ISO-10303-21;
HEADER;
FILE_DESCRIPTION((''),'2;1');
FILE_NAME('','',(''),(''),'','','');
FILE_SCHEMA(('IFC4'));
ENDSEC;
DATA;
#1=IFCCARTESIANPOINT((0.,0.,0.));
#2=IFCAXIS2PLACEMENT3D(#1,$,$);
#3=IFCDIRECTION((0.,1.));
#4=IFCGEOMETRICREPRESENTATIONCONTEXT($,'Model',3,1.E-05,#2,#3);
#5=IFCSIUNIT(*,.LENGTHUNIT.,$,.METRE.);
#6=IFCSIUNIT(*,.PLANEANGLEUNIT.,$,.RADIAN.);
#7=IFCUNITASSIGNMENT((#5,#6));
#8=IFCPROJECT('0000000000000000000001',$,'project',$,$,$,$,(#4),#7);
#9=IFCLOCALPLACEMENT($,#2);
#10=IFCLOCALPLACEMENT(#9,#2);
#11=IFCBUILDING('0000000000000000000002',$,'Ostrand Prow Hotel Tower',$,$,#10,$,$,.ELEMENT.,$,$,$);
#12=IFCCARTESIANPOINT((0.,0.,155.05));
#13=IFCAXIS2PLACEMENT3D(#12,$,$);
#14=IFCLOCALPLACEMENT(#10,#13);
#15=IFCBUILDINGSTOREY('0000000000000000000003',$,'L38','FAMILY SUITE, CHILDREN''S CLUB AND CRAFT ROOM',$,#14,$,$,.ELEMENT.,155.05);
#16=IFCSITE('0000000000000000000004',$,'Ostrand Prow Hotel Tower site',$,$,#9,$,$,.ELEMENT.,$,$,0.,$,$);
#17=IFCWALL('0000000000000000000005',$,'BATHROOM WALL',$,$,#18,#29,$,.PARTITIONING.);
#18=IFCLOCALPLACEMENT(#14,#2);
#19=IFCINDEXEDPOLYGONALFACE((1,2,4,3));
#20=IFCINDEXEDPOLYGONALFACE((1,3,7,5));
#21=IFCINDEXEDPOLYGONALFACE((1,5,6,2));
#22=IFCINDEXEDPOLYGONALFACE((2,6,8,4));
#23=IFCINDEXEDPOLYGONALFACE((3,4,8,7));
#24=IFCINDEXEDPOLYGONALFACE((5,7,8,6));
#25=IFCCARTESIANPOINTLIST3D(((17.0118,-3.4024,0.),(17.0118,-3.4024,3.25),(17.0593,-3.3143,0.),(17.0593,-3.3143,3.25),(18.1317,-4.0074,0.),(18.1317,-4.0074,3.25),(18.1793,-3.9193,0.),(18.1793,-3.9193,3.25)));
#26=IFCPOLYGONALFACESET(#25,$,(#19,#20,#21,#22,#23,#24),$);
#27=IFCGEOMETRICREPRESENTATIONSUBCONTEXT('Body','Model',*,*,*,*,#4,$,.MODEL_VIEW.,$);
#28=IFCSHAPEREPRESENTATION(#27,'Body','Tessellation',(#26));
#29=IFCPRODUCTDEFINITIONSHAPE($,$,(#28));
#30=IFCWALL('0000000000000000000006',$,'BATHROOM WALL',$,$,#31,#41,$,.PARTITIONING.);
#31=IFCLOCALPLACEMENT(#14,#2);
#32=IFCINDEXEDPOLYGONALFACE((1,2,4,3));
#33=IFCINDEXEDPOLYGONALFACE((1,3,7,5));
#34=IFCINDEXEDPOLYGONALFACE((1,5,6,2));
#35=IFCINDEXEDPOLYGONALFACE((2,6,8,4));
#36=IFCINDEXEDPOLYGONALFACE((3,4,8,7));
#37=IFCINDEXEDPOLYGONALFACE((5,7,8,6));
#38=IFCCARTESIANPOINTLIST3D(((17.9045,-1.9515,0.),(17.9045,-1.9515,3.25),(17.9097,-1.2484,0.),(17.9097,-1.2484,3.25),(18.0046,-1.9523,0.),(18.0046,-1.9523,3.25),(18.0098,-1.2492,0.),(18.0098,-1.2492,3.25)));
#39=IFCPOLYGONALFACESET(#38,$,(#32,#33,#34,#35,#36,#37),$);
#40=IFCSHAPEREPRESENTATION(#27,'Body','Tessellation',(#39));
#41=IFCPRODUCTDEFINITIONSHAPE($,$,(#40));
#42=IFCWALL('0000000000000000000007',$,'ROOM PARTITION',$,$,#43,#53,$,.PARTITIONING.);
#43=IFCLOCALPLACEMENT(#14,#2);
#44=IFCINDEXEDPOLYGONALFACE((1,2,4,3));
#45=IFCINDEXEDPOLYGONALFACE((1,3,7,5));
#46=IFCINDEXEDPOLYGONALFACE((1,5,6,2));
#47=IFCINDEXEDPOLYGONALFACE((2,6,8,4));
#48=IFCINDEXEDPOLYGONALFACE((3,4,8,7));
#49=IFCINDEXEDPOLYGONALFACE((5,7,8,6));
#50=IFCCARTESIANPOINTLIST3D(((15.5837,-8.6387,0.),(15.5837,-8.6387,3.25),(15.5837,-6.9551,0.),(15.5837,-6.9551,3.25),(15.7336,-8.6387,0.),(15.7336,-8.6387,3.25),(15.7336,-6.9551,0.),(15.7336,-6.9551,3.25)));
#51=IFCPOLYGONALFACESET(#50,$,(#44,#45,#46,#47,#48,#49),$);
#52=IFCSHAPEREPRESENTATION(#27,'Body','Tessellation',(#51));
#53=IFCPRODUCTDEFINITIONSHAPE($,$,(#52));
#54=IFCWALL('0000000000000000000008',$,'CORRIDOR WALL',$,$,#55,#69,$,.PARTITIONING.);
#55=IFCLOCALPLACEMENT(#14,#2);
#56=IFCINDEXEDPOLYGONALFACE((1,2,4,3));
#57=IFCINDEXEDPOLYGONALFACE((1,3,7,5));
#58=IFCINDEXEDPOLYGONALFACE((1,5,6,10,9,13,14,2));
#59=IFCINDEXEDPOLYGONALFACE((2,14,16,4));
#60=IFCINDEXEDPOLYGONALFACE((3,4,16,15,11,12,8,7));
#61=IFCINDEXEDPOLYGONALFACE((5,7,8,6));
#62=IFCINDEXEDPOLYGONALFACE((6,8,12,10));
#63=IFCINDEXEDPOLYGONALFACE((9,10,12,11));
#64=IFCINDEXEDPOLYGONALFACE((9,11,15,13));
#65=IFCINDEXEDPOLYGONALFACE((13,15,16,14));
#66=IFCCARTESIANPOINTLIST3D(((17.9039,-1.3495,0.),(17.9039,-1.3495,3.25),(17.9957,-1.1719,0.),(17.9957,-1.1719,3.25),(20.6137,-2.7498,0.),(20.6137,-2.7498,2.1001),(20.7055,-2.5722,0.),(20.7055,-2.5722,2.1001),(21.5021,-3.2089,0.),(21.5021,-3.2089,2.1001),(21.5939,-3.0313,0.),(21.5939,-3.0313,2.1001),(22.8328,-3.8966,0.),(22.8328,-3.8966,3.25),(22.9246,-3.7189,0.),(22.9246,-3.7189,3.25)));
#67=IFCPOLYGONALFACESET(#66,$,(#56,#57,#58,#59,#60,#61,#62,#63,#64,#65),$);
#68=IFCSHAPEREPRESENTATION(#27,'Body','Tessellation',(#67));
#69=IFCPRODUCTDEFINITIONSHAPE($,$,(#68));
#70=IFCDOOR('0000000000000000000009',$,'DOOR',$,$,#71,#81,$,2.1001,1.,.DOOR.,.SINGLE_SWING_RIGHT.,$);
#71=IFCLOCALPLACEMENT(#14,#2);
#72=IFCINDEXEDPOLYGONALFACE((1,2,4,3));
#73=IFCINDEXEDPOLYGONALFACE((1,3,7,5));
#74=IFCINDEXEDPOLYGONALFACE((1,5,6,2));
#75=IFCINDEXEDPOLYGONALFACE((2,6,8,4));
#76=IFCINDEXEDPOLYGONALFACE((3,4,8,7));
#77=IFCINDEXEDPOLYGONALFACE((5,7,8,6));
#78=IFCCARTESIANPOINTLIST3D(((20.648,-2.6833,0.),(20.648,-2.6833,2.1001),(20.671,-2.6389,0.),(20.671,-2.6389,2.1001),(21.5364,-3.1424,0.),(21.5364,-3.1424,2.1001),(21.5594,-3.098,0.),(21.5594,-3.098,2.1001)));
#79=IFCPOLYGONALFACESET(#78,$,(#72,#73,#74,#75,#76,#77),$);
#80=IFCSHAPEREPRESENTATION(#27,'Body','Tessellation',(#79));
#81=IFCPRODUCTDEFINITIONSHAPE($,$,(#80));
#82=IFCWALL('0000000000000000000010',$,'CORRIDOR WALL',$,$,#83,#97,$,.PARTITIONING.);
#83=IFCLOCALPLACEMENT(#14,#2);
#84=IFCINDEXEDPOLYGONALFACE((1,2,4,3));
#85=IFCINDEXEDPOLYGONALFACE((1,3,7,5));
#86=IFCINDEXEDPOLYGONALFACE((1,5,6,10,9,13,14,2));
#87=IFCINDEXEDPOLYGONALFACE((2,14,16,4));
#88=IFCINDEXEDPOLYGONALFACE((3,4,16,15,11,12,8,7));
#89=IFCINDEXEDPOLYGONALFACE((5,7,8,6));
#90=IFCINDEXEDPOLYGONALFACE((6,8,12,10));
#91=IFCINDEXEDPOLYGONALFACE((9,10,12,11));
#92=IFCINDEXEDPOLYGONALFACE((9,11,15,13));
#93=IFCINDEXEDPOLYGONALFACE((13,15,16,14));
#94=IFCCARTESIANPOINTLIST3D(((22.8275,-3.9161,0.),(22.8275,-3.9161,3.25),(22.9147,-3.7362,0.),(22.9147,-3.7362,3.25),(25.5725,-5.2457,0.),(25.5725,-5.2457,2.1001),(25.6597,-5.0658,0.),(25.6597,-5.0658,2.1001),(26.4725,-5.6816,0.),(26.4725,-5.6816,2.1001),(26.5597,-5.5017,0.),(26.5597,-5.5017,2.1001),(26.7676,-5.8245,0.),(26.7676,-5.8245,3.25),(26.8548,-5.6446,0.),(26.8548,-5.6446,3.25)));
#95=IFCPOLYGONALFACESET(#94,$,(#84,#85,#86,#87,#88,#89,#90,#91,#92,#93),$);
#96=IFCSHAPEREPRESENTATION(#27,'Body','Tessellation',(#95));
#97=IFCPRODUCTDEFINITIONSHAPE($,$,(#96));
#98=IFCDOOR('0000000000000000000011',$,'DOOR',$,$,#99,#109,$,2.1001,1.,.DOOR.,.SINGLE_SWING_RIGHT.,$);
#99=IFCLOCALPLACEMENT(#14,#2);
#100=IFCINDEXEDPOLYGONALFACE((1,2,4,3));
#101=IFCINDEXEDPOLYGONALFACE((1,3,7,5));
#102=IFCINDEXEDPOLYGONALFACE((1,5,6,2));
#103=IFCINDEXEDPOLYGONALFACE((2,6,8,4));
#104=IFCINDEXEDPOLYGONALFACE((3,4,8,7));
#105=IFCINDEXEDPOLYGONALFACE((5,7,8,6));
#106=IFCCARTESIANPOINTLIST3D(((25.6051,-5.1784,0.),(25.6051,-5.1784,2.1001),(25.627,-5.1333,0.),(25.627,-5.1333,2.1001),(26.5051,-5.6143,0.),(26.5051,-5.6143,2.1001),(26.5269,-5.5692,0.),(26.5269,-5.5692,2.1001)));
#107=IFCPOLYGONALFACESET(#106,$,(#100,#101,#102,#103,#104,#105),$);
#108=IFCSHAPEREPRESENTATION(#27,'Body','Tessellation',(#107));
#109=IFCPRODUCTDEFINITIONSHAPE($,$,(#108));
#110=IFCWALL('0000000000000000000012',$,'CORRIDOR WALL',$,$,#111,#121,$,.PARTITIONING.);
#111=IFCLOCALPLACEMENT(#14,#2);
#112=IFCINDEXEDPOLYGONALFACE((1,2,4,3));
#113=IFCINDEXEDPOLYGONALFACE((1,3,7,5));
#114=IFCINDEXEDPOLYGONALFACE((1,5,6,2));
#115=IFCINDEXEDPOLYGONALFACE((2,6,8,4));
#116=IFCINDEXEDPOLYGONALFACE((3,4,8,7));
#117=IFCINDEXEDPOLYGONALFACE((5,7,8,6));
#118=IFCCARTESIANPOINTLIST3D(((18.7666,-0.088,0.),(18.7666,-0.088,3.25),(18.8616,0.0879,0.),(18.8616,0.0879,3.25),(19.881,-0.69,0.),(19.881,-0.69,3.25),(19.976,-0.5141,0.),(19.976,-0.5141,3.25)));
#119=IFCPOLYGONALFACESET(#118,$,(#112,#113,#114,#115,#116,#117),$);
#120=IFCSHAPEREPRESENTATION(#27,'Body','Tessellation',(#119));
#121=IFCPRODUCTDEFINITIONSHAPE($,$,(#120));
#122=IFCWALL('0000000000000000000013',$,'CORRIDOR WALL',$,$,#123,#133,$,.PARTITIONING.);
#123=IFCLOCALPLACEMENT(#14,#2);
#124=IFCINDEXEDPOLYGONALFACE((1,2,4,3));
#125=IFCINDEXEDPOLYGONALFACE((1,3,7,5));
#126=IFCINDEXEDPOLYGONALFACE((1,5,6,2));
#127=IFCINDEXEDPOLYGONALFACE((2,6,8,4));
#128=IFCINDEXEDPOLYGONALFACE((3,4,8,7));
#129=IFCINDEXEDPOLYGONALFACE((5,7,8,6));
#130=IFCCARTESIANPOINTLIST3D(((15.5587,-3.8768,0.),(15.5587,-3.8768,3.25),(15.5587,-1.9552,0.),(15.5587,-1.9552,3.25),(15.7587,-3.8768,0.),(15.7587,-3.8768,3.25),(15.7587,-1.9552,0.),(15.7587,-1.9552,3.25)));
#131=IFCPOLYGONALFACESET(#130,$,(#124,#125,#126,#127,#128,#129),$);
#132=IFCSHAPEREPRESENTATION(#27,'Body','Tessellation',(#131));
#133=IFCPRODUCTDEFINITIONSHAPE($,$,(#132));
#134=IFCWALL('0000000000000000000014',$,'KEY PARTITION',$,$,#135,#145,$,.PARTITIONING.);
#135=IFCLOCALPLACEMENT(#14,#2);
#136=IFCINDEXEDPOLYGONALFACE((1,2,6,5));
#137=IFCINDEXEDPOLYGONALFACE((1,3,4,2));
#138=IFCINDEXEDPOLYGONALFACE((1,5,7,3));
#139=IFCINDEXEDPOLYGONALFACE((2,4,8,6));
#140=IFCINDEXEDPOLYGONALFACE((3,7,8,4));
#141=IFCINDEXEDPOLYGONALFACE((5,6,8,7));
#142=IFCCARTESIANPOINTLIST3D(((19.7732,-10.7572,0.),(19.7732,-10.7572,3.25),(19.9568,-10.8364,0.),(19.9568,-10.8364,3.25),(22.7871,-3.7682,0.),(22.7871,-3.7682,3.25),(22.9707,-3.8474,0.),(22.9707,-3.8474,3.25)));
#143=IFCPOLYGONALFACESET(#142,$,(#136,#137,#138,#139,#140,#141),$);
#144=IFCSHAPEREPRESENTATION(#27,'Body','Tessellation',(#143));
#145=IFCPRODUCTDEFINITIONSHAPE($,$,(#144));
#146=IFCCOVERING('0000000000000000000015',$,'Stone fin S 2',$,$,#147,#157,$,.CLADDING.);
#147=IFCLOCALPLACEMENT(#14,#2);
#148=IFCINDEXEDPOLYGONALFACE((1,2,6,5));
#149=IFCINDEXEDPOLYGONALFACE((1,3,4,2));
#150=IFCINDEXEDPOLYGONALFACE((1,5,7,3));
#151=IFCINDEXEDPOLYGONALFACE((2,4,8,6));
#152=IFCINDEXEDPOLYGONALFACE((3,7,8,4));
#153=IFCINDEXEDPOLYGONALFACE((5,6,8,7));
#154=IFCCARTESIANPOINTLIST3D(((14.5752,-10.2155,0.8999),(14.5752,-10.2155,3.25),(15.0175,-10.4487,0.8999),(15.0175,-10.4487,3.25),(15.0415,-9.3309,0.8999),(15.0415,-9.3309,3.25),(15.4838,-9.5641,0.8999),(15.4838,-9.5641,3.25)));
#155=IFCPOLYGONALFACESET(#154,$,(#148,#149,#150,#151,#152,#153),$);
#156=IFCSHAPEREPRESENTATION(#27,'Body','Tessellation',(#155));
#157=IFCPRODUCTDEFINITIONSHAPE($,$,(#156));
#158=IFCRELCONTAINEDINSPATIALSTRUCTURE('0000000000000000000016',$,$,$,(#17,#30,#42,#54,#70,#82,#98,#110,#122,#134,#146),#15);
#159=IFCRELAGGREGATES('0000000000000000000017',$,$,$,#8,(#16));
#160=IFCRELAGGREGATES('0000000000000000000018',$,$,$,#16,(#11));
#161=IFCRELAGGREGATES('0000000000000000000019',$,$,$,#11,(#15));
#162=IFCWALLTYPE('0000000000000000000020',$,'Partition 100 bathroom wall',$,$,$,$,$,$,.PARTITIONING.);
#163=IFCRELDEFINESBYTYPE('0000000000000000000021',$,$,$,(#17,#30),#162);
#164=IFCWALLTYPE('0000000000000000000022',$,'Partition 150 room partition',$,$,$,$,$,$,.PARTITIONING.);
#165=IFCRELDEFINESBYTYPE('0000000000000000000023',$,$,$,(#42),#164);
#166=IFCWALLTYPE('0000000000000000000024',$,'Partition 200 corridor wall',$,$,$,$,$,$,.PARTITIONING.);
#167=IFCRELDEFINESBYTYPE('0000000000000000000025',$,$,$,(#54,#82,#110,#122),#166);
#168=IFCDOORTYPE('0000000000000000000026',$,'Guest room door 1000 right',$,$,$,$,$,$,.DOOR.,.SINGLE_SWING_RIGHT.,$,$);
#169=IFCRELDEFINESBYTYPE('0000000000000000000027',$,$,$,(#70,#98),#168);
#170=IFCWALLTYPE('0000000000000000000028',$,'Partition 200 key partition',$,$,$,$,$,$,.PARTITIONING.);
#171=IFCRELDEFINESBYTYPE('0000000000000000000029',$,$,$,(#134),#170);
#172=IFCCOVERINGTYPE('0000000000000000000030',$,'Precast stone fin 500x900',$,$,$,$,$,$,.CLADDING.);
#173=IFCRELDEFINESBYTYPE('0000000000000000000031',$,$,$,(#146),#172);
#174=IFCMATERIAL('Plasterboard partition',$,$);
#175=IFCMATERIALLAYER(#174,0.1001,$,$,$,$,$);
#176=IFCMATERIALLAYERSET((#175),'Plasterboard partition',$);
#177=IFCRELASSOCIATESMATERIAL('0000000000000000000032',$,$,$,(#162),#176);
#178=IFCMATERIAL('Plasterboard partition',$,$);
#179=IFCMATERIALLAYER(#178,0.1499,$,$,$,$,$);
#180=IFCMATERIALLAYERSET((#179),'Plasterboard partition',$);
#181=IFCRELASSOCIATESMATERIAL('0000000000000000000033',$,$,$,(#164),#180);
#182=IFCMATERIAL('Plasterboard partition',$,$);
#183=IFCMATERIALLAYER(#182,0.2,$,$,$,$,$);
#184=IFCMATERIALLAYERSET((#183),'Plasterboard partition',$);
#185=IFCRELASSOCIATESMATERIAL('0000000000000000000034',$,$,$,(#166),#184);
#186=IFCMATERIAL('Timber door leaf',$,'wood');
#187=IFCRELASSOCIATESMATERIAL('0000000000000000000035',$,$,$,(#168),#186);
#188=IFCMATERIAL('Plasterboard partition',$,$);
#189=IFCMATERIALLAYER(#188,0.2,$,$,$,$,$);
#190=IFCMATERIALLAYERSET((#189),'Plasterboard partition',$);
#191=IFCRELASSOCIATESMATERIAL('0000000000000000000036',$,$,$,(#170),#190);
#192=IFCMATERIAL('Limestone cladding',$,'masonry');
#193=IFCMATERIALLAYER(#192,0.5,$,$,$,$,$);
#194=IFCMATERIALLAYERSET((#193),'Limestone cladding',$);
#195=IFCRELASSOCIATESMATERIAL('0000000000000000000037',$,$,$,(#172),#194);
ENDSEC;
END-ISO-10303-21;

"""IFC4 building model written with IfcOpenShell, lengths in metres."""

from ifc_helpers import new_model, si_unit, direction, frame, frame_2d, origin, place, context, subcontext, project, spatial, rectangle, extrude, material, layer, layer_set, type_object, element, fill, save


model = new_model("IFC4")

# Units and contexts
model_context = context("Model", 3, precision=1e-05, world=origin(), true_north=direction((0.0, 1.0)))
body_context = subcontext(model_context, "Body", "Model", "MODEL_VIEW")
ifc_project = project(units=[si_unit("LENGTHUNIT", "METRE"), si_unit("PLANEANGLEUNIT", "RADIAN")], contexts=[model_context])

# Site, building, storey
site_placement = place(None, origin())
site = spatial("IfcSite", under=ifc_project, at=site_placement, Name="Ostrand Prow Hotel Tower site", CompositionType="ELEMENT", RefElevation=0.0)
building_placement = place(site_placement, origin())
building = spatial("IfcBuilding", under=site, at=building_placement, Name="Ostrand Prow Hotel Tower", CompositionType="ELEMENT")
storey_placement = place(building_placement, frame((0.0, 0.0, 155.05)))
storey = spatial("IfcBuildingStorey", under=building, at=storey_placement, Name="L38", Description="FAMILY SUITE, CHILDREN'S CLUB AND CRAFT ROOM", CompositionType="ELEMENT", Elevation=155.05)

# Shared definitions
ifc_material_1 = material(Name="Plasterboard partition")
ifc_layer_1 = layer(ifc_material_1, 0.1001)
ifc_layer_set_1 = layer_set([ifc_layer_1], Name="Plasterboard partition")
wall_type_1 = type_object("IfcWallType", Name="Partition 100 bathroom wall", PredefinedType="PARTITIONING", material=ifc_layer_set_1)

# Walls
wall_1_placement = place(storey_placement, frame((18.1555, -3.9634, 0.0), z_axis=(0.0, 0.0, 1.0), x_axis=(-0.879824, 0.4753, 0.0)))
element("IfcWall", 1, at=wall_1_placement, inside=storey, type_object=wall_type_1, Name="BATHROOM WALL", PredefinedType="PARTITIONING", context=body_context, shape_type="SweptSolid", body=[
    extrude(rectangle(XDim=1.2729, YDim=0.1001, at=frame_2d((0.6365, 0.0))), origin(), (0.0, 0.0, 1.0), 3.25),
])
wall_2_placement = place(storey_placement, frame((17.9546, -1.9519, 0.0), z_axis=(0.0, 0.0, 1.0), x_axis=(0.007291, 0.999973, 0.0)))
element("IfcWall", 2, at=wall_2_placement, inside=storey, type_object=wall_type_1, Name="BATHROOM WALL", PredefinedType="PARTITIONING", context=body_context, shape_type="SweptSolid", body=[
    extrude(rectangle(XDim=0.7031, YDim=0.1001, at=frame_2d((0.3516, 0.0))), origin(), (0.0, 0.0, 1.0), 3.25),
])
ifc_material_2 = material(Name="Plasterboard partition")
ifc_layer_2 = layer(ifc_material_2, 0.1499)
ifc_layer_set_2 = layer_set([ifc_layer_2], Name="Plasterboard partition")
wall_type_2 = type_object("IfcWallType", Name="Partition 150 room partition", PredefinedType="PARTITIONING", material=ifc_layer_set_2)
wall_3_placement = place(storey_placement, frame((15.6587, -6.9551, 0.0), z_axis=(0.0, 0.0, 1.0), x_axis=(0.0, -1.0, 0.0)))
element("IfcWall", 3, at=wall_3_placement, inside=storey, type_object=wall_type_2, Name="ROOM PARTITION", PredefinedType="PARTITIONING", context=body_context, shape_type="SweptSolid", body=[
    extrude(rectangle(XDim=1.6836, YDim=0.1499, at=frame_2d((0.8418, 0.0))), origin(), (0.0, 0.0, 1.0), 3.25),
])

# Walls, openings, doors
ifc_material_3 = material(Name="Plasterboard partition")
ifc_layer_3 = layer(ifc_material_3, 0.2)
ifc_layer_set_3 = layer_set([ifc_layer_3], Name="Plasterboard partition")
wall_type_3 = type_object("IfcWallType", Name="Partition 200 corridor wall", PredefinedType="PARTITIONING", material=ifc_layer_set_3)
wall_4_placement = place(storey_placement, frame((17.95, -1.2607, 0.0), z_axis=(0.0, 0.0, 1.0), x_axis=(0.88839, -0.45909, 0.0)))
wall_4 = element("IfcWall", 4, at=wall_4_placement, inside=storey, type_object=wall_type_3, Name="CORRIDOR WALL", PredefinedType="PARTITIONING", context=body_context, shape_type="SweptSolid", body=[
    extrude(rectangle(XDim=5.5481, YDim=0.2, at=frame_2d((2.7739, 0.0))), origin(), (0.0, 0.0, 1.0), 3.25),
])
opening_1_placement = place(wall_4_placement, frame((3.05, 0.0, 0.0)))
opening_1 = element("IfcOpeningElement", 5, at=opening_1_placement, cuts=wall_4, PredefinedType="OPENING", context=body_context, shape_type="SweptSolid", body=[
    extrude(rectangle(XDim=1.0, YDim=2.1001, at=frame_2d((0.5, 1.05))), frame((0.0, 0.1099, 0.0), z_axis=(0.0, -1.0, 0.0), x_axis=(1.0, 0.0, 0.0)), (0.0, 0.0, 1.0), 0.22),
])
ifc_material_4 = material(Name="Timber door leaf", Category="wood")
door_type_1 = type_object("IfcDoorType", Name="Guest room door 1000 right", OperationType="SINGLE_SWING_RIGHT", PredefinedType="DOOR", material=ifc_material_4)
door_1_placement = place(opening_1_placement, origin())
door_1 = element("IfcDoor", 6, at=door_1_placement, inside=storey, type_object=door_type_1, Name="DOOR", OperationType="SINGLE_SWING_RIGHT", OverallHeight=2.1001, OverallWidth=1.0, PredefinedType="DOOR", context=body_context, shape_type="SweptSolid", body=[
    extrude(rectangle(XDim=1.0, YDim=2.1001, at=frame_2d((0.5, 1.05))), frame((0.0, 0.0249, 0.0), z_axis=(0.0, -1.0, 0.0), x_axis=(1.0, 0.0, 0.0)), (0.0, 0.0, 1.0), 0.05),
])
fill(opening_1, door_1)
wall_5_placement = place(storey_placement, frame((22.8711, -3.8262, 0.0), z_axis=(0.0, 0.0, 1.0), x_axis=(0.899989, -0.435914, 0.0)))
wall_5 = element("IfcWall", 7, at=wall_5_placement, inside=storey, type_object=wall_type_3, Name="CORRIDOR WALL", PredefinedType="PARTITIONING", context=body_context, shape_type="SweptSolid", body=[
    extrude(rectangle(XDim=4.3779, YDim=0.2, at=frame_2d((2.189, 0.0))), origin(), (0.0, 0.0, 1.0), 3.25),
])
opening_2_placement = place(wall_5_placement, frame((3.05, 0.0, 0.0)))
opening_2 = element("IfcOpeningElement", 8, at=opening_2_placement, cuts=wall_5, PredefinedType="OPENING", context=body_context, shape_type="SweptSolid", body=[
    extrude(rectangle(XDim=1.0, YDim=2.1001, at=frame_2d((0.5, 1.05))), frame((0.0, 0.1099, 0.0), z_axis=(0.0, -1.0, 0.0), x_axis=(1.0, 0.0, 0.0)), (0.0, 0.0, 1.0), 0.22),
])
door_2_placement = place(opening_2_placement, origin())
door_2 = element("IfcDoor", 9, at=door_2_placement, inside=storey, type_object=door_type_1, Name="DOOR", OperationType="SINGLE_SWING_RIGHT", OverallHeight=2.1001, OverallWidth=1.0, PredefinedType="DOOR", context=body_context, shape_type="SweptSolid", body=[
    extrude(rectangle(XDim=1.0, YDim=2.1001, at=frame_2d((0.5, 1.05))), frame((0.0, 0.0249, 0.0), z_axis=(0.0, -1.0, 0.0), x_axis=(1.0, 0.0, 0.0)), (0.0, 0.0, 1.0), 0.05),
])
fill(opening_2, door_2)

# Walls
wall_6_placement = place(storey_placement, frame((19.9285, -0.6021, 0.0), z_axis=(0.0, 0.0, 1.0), x_axis=(-0.879833, 0.475283, 0.0)))
element("IfcWall", 10, at=wall_6_placement, inside=storey, type_object=wall_type_3, Name="CORRIDOR WALL", PredefinedType="PARTITIONING", context=body_context, shape_type="SweptSolid", body=[
    extrude(rectangle(XDim=1.2666, YDim=0.2, at=frame_2d((0.6333, 0.0))), origin(), (0.0, 0.0, 1.0), 3.25),
])
wall_7_placement = place(storey_placement, frame((15.6587, -1.9551, 0.0), z_axis=(0.0, 0.0, 1.0), x_axis=(0.0, -1.0, 0.0)))
element("IfcWall", 11, at=wall_7_placement, inside=storey, type_object=wall_type_3, Name="CORRIDOR WALL", PredefinedType="PARTITIONING", context=body_context, shape_type="SweptSolid", body=[
    extrude(rectangle(XDim=1.9216, YDim=0.2, at=frame_2d((0.9609, 0.0))), origin(), (0.0, 0.0, 1.0), 3.25),
])
ifc_material_5 = material(Name="Plasterboard partition")
ifc_layer_4 = layer(ifc_material_5, 0.2)
ifc_layer_set_4 = layer_set([ifc_layer_4], Name="Plasterboard partition")
wall_type_4 = type_object("IfcWallType", Name="Partition 200 key partition", PredefinedType="PARTITIONING", material=ifc_layer_set_4)
wall_8_placement = place(storey_placement, frame((19.865, -10.7969, 0.0), z_axis=(0.0, 0.0, 1.0), x_axis=(0.395986, 0.918257, 0.0)))
element("IfcWall", 12, at=wall_8_placement, inside=storey, type_object=wall_type_4, Name="KEY PARTITION", PredefinedType="PARTITIONING", context=body_context, shape_type="SweptSolid", body=[
    extrude(rectangle(XDim=7.6111, YDim=0.2, at=frame_2d((3.8057, 0.0))), origin(), (0.0, 0.0, 1.0), 3.25),
])

# Covering
ifc_material_6 = material(Name="Limestone cladding", Category="masonry")
ifc_layer_5 = layer(ifc_material_6, 0.5)
ifc_layer_set_5 = layer_set([ifc_layer_5], Name="Limestone cladding")
covering_type = type_object("IfcCoveringType", Name="Precast stone fin 500x900", PredefinedType="CLADDING", material=ifc_layer_set_5)
covering_placement = place(storey_placement, frame((15.2627, -9.4475, 0.8999), z_axis=(0.0, 0.0, 1.0), x_axis=(-0.46635, -0.8846, 0.0)))
element("IfcCovering", 13, at=covering_placement, inside=storey, type_object=covering_type, Name="Stone fin S 2", PredefinedType="CLADDING", context=body_context, shape_type="SweptSolid", body=[
    extrude(rectangle(XDim=1.0, YDim=0.5, at=frame_2d((0.5, 0.0))), origin(), (0.0, 0.0, 1.0), 2.3501),
])

save(model, "model.ifc")
